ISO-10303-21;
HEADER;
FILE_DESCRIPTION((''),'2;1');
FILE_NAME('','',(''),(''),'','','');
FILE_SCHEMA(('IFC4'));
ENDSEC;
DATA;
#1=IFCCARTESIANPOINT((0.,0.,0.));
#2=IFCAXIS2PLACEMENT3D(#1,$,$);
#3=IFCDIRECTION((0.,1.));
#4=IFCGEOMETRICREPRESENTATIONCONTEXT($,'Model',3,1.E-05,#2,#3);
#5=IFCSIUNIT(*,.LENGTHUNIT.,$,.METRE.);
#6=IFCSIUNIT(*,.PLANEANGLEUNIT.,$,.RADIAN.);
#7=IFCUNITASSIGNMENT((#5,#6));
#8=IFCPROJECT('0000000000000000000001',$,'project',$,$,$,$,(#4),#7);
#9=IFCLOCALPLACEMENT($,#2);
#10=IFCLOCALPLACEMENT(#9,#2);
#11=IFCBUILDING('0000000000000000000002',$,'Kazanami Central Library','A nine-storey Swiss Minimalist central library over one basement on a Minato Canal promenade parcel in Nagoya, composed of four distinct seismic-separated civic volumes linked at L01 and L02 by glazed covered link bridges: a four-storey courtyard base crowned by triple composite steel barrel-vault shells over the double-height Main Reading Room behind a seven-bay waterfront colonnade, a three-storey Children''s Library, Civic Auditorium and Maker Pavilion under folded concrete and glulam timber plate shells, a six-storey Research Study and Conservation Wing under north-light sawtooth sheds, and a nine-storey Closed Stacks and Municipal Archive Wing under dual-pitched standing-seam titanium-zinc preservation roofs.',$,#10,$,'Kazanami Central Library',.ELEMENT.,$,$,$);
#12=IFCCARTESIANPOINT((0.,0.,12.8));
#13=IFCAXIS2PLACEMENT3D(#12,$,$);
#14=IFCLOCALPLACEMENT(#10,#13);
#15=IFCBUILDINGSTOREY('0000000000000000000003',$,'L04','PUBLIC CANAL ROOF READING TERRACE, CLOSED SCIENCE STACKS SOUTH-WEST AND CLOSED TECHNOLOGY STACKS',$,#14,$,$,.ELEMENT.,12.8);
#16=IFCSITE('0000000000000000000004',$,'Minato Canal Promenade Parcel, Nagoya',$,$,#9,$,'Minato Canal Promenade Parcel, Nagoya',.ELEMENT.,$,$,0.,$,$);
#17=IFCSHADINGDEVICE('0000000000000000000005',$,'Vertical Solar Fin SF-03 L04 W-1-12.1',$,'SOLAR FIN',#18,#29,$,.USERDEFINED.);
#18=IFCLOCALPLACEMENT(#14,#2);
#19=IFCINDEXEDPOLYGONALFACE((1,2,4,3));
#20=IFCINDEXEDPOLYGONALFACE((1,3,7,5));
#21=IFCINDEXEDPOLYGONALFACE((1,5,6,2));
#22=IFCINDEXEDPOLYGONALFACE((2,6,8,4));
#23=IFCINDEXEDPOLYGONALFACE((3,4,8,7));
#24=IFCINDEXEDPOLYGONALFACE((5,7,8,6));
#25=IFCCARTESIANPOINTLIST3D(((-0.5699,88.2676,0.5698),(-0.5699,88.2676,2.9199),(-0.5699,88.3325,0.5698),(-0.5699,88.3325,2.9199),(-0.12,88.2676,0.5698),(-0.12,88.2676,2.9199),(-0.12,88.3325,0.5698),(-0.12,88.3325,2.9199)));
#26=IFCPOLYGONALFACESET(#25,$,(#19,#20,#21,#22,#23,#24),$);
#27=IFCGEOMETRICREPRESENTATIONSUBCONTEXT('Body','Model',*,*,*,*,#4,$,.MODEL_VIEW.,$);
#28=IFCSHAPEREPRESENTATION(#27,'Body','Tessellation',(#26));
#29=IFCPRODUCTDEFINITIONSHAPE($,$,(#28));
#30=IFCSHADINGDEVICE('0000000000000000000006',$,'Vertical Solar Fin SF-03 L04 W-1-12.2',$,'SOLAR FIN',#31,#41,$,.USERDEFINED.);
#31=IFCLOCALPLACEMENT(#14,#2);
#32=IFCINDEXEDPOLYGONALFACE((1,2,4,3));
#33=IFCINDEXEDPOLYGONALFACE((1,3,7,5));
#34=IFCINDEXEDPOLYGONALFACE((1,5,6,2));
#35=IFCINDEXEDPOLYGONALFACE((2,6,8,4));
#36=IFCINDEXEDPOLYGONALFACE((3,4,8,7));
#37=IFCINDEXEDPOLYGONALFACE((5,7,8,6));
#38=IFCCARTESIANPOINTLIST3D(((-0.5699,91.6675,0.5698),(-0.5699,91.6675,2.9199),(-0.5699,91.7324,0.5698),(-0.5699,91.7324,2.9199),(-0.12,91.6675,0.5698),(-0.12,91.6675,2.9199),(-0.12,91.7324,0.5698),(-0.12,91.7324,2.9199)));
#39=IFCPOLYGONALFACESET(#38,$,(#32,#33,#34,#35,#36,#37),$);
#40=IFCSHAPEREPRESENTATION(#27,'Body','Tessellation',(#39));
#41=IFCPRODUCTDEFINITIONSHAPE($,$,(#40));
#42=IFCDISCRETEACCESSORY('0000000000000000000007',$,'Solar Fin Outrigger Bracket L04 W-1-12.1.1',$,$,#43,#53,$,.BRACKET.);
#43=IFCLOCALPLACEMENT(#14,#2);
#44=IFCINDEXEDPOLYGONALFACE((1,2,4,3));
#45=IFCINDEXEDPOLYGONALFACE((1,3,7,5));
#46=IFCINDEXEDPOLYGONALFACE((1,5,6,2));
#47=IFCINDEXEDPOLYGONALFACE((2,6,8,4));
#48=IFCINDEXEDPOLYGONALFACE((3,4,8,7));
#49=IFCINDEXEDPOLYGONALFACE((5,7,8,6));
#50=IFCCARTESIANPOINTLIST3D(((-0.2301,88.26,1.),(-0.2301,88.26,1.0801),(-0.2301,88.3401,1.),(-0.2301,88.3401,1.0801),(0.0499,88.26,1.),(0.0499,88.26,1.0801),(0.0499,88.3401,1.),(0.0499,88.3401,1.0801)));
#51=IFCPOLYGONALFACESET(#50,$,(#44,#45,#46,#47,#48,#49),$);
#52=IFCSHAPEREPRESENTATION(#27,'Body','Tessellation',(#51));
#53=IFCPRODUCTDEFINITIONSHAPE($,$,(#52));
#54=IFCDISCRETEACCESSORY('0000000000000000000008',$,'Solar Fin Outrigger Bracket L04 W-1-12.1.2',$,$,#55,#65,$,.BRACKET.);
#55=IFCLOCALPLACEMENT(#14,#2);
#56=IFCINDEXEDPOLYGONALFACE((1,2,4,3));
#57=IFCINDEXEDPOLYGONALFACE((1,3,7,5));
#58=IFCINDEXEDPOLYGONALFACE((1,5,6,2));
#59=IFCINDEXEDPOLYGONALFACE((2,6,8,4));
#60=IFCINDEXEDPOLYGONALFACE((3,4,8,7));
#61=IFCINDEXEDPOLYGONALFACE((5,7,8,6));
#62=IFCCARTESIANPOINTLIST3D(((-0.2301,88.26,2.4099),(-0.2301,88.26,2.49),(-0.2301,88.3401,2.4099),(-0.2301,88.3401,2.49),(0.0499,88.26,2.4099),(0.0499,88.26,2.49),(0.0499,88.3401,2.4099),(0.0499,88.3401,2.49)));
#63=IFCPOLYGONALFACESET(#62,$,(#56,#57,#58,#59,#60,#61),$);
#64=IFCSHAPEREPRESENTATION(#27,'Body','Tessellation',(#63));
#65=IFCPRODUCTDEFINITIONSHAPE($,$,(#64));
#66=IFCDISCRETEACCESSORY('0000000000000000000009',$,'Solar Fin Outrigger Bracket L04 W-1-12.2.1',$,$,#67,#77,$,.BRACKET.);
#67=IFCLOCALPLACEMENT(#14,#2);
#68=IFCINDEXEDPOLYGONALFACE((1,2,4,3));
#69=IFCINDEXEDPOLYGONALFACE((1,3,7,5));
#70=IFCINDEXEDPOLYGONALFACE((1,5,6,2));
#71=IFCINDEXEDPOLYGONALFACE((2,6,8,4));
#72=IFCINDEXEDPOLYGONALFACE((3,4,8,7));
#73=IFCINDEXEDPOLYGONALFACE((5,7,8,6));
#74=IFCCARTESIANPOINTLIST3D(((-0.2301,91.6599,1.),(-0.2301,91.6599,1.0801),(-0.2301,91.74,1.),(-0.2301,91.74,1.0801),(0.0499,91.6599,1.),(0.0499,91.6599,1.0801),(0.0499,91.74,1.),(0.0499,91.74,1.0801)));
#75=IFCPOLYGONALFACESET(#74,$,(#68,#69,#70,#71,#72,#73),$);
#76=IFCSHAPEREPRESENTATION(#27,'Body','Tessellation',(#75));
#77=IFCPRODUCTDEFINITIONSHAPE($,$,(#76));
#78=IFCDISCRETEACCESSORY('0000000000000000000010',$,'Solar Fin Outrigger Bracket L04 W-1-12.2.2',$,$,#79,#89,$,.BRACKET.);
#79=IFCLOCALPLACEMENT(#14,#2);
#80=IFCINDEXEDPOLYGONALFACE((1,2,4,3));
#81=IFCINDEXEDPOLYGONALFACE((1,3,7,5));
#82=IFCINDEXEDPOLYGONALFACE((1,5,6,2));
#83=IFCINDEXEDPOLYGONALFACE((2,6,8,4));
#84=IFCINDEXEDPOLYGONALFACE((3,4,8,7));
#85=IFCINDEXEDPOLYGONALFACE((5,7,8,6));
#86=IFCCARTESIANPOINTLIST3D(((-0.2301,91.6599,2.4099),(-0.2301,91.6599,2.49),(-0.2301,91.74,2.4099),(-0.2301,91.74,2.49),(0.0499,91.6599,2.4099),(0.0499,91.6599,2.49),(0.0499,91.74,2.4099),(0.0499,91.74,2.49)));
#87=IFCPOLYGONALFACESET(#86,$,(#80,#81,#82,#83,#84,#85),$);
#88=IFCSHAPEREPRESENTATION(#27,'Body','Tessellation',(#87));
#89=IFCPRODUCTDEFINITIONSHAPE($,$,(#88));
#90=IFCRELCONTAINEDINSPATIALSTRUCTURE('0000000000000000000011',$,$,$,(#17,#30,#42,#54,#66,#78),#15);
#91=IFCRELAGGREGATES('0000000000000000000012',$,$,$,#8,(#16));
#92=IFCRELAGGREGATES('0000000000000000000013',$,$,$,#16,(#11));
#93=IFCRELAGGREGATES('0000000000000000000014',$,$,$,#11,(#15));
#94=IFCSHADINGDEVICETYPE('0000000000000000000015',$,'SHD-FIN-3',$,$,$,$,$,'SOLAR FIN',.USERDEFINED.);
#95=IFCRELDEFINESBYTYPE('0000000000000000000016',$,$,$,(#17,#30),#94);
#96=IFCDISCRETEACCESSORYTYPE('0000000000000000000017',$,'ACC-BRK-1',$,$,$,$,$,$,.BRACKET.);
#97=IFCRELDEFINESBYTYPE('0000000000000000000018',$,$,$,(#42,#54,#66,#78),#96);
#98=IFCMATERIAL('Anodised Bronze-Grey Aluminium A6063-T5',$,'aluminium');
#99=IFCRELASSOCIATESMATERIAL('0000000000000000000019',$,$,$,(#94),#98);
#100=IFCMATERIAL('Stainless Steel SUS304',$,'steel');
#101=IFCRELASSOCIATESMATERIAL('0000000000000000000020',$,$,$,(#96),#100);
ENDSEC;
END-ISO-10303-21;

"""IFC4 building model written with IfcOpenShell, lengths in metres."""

from ifc_helpers import new_model, si_unit, direction, frame, origin, origin_2d, place, context, subcontext, project, spatial, rectangle, extrude, material, type_object, element, save


model = new_model("IFC4")

# Units and contexts
model_context = context("Model", 3, precision=1e-05, world=origin(), true_north=direction((0.0, 1.0)))
body_context = subcontext(model_context, "Body", "Model", "MODEL_VIEW")
ifc_project = project(units=[si_unit("LENGTHUNIT", "METRE"), si_unit("PLANEANGLEUNIT", "RADIAN")], contexts=[model_context])

# Site, building, storey
site_placement = place(None, origin())
site = spatial("IfcSite", under=ifc_project, at=site_placement, Name="Minato Canal Promenade Parcel, Nagoya", LongName="Minato Canal Promenade Parcel, Nagoya", CompositionType="ELEMENT", RefElevation=0.0)
building_placement = place(site_placement, origin())
building = spatial("IfcBuilding", under=site, at=building_placement, Name="Kazanami Central Library", Description="A nine-storey Swiss Minimalist central library over one basement on a Minato Canal promenade parcel in Nagoya, composed of four distinct seismic-separated civic volumes linked at L01 and L02 by glazed covered link bridges: a four-storey courtyard base crowned by triple composite steel barrel-vault shells over the double-height Main Reading Room behind a seven-bay waterfront colonnade, a three-storey Children's Library, Civic Auditorium and Maker Pavilion under folded concrete and glulam timber plate shells, a six-storey Research Study and Conservation Wing under north-light sawtooth sheds, and a nine-storey Closed Stacks and Municipal Archive Wing under dual-pitched standing-seam titanium-zinc preservation roofs.", LongName="Kazanami Central Library", CompositionType="ELEMENT")
storey_placement = place(building_placement, frame((0.0, 0.0, 12.8)))
storey = spatial("IfcBuildingStorey", under=building, at=storey_placement, Name="L04", Description="PUBLIC CANAL ROOF READING TERRACE, CLOSED SCIENCE STACKS SOUTH-WEST AND CLOSED TECHNOLOGY STACKS", CompositionType="ELEMENT", Elevation=12.8)

# Shading devices
ifc_material_1 = material(Name="Anodised Bronze-Grey Aluminium A6063-T5", Category="aluminium")
shading_device_type = type_object("IfcShadingDeviceType", Name="SHD-FIN-3", ElementType="SOLAR FIN", PredefinedType="USERDEFINED", material=ifc_material_1)
for number, where, z_axis, x_axis, name in (
    (1, (-0.345, 88.3, 0.5698), (0.0, 0.0, 1.0), (0.0, 1.0, 0.0), "Vertical Solar Fin SF-03 L04 W-1-12.1"),
    (2, (-0.345, 91.7, 0.5698), (0.0, 0.0, 1.0), (0.0, 1.0, 0.0), "Vertical Solar Fin SF-03 L04 W-1-12.2"),
):
    element("IfcShadingDevice", number, at=place(storey_placement, frame(where, z_axis=z_axis, x_axis=x_axis)), inside=storey, type_object=shading_device_type, Name=name, ObjectType="SOLAR FIN", PredefinedType="USERDEFINED", context=body_context, shape_type="SweptSolid", body=[
        extrude(rectangle(XDim=0.0649, YDim=0.45, at=origin_2d()), origin(), (0.0, 0.0, 1.0), 2.3501),
    ])

# Discrete accessories
ifc_material_2 = material(Name="Stainless Steel SUS304", Category="steel")
discrete_accessory_type = type_object("IfcDiscreteAccessoryType", Name="ACC-BRK-1", PredefinedType="BRACKET", material=ifc_material_2)
for number, where, z_axis, x_axis, name in (
    (3, (-0.0901, 88.3, 1.0), (0.0, 0.0, 1.0), (0.0, 1.0, 0.0), "Solar Fin Outrigger Bracket L04 W-1-12.1.1"),
    (4, (-0.0901, 88.3, 2.4099), (0.0, 0.0, 1.0), (0.0, 1.0, 0.0), "Solar Fin Outrigger Bracket L04 W-1-12.1.2"),
    (5, (-0.0901, 91.7, 1.0), (0.0, 0.0, 1.0), (0.0, 1.0, 0.0), "Solar Fin Outrigger Bracket L04 W-1-12.2.1"),
    (6, (-0.0901, 91.7, 2.4099), (0.0, 0.0, 1.0), (0.0, 1.0, 0.0), "Solar Fin Outrigger Bracket L04 W-1-12.2.2"),
):
    element("IfcDiscreteAccessory", number, at=place(storey_placement, frame(where, z_axis=z_axis, x_axis=x_axis)), inside=storey, type_object=discrete_accessory_type, Name=name, PredefinedType="BRACKET", context=body_context, shape_type="SweptSolid", body=[
        extrude(rectangle(XDim=0.0801, YDim=0.28, at=origin_2d()), origin(), (0.0, 0.0, 1.0), 0.0801),
    ])

save(model, "model.ifc")
